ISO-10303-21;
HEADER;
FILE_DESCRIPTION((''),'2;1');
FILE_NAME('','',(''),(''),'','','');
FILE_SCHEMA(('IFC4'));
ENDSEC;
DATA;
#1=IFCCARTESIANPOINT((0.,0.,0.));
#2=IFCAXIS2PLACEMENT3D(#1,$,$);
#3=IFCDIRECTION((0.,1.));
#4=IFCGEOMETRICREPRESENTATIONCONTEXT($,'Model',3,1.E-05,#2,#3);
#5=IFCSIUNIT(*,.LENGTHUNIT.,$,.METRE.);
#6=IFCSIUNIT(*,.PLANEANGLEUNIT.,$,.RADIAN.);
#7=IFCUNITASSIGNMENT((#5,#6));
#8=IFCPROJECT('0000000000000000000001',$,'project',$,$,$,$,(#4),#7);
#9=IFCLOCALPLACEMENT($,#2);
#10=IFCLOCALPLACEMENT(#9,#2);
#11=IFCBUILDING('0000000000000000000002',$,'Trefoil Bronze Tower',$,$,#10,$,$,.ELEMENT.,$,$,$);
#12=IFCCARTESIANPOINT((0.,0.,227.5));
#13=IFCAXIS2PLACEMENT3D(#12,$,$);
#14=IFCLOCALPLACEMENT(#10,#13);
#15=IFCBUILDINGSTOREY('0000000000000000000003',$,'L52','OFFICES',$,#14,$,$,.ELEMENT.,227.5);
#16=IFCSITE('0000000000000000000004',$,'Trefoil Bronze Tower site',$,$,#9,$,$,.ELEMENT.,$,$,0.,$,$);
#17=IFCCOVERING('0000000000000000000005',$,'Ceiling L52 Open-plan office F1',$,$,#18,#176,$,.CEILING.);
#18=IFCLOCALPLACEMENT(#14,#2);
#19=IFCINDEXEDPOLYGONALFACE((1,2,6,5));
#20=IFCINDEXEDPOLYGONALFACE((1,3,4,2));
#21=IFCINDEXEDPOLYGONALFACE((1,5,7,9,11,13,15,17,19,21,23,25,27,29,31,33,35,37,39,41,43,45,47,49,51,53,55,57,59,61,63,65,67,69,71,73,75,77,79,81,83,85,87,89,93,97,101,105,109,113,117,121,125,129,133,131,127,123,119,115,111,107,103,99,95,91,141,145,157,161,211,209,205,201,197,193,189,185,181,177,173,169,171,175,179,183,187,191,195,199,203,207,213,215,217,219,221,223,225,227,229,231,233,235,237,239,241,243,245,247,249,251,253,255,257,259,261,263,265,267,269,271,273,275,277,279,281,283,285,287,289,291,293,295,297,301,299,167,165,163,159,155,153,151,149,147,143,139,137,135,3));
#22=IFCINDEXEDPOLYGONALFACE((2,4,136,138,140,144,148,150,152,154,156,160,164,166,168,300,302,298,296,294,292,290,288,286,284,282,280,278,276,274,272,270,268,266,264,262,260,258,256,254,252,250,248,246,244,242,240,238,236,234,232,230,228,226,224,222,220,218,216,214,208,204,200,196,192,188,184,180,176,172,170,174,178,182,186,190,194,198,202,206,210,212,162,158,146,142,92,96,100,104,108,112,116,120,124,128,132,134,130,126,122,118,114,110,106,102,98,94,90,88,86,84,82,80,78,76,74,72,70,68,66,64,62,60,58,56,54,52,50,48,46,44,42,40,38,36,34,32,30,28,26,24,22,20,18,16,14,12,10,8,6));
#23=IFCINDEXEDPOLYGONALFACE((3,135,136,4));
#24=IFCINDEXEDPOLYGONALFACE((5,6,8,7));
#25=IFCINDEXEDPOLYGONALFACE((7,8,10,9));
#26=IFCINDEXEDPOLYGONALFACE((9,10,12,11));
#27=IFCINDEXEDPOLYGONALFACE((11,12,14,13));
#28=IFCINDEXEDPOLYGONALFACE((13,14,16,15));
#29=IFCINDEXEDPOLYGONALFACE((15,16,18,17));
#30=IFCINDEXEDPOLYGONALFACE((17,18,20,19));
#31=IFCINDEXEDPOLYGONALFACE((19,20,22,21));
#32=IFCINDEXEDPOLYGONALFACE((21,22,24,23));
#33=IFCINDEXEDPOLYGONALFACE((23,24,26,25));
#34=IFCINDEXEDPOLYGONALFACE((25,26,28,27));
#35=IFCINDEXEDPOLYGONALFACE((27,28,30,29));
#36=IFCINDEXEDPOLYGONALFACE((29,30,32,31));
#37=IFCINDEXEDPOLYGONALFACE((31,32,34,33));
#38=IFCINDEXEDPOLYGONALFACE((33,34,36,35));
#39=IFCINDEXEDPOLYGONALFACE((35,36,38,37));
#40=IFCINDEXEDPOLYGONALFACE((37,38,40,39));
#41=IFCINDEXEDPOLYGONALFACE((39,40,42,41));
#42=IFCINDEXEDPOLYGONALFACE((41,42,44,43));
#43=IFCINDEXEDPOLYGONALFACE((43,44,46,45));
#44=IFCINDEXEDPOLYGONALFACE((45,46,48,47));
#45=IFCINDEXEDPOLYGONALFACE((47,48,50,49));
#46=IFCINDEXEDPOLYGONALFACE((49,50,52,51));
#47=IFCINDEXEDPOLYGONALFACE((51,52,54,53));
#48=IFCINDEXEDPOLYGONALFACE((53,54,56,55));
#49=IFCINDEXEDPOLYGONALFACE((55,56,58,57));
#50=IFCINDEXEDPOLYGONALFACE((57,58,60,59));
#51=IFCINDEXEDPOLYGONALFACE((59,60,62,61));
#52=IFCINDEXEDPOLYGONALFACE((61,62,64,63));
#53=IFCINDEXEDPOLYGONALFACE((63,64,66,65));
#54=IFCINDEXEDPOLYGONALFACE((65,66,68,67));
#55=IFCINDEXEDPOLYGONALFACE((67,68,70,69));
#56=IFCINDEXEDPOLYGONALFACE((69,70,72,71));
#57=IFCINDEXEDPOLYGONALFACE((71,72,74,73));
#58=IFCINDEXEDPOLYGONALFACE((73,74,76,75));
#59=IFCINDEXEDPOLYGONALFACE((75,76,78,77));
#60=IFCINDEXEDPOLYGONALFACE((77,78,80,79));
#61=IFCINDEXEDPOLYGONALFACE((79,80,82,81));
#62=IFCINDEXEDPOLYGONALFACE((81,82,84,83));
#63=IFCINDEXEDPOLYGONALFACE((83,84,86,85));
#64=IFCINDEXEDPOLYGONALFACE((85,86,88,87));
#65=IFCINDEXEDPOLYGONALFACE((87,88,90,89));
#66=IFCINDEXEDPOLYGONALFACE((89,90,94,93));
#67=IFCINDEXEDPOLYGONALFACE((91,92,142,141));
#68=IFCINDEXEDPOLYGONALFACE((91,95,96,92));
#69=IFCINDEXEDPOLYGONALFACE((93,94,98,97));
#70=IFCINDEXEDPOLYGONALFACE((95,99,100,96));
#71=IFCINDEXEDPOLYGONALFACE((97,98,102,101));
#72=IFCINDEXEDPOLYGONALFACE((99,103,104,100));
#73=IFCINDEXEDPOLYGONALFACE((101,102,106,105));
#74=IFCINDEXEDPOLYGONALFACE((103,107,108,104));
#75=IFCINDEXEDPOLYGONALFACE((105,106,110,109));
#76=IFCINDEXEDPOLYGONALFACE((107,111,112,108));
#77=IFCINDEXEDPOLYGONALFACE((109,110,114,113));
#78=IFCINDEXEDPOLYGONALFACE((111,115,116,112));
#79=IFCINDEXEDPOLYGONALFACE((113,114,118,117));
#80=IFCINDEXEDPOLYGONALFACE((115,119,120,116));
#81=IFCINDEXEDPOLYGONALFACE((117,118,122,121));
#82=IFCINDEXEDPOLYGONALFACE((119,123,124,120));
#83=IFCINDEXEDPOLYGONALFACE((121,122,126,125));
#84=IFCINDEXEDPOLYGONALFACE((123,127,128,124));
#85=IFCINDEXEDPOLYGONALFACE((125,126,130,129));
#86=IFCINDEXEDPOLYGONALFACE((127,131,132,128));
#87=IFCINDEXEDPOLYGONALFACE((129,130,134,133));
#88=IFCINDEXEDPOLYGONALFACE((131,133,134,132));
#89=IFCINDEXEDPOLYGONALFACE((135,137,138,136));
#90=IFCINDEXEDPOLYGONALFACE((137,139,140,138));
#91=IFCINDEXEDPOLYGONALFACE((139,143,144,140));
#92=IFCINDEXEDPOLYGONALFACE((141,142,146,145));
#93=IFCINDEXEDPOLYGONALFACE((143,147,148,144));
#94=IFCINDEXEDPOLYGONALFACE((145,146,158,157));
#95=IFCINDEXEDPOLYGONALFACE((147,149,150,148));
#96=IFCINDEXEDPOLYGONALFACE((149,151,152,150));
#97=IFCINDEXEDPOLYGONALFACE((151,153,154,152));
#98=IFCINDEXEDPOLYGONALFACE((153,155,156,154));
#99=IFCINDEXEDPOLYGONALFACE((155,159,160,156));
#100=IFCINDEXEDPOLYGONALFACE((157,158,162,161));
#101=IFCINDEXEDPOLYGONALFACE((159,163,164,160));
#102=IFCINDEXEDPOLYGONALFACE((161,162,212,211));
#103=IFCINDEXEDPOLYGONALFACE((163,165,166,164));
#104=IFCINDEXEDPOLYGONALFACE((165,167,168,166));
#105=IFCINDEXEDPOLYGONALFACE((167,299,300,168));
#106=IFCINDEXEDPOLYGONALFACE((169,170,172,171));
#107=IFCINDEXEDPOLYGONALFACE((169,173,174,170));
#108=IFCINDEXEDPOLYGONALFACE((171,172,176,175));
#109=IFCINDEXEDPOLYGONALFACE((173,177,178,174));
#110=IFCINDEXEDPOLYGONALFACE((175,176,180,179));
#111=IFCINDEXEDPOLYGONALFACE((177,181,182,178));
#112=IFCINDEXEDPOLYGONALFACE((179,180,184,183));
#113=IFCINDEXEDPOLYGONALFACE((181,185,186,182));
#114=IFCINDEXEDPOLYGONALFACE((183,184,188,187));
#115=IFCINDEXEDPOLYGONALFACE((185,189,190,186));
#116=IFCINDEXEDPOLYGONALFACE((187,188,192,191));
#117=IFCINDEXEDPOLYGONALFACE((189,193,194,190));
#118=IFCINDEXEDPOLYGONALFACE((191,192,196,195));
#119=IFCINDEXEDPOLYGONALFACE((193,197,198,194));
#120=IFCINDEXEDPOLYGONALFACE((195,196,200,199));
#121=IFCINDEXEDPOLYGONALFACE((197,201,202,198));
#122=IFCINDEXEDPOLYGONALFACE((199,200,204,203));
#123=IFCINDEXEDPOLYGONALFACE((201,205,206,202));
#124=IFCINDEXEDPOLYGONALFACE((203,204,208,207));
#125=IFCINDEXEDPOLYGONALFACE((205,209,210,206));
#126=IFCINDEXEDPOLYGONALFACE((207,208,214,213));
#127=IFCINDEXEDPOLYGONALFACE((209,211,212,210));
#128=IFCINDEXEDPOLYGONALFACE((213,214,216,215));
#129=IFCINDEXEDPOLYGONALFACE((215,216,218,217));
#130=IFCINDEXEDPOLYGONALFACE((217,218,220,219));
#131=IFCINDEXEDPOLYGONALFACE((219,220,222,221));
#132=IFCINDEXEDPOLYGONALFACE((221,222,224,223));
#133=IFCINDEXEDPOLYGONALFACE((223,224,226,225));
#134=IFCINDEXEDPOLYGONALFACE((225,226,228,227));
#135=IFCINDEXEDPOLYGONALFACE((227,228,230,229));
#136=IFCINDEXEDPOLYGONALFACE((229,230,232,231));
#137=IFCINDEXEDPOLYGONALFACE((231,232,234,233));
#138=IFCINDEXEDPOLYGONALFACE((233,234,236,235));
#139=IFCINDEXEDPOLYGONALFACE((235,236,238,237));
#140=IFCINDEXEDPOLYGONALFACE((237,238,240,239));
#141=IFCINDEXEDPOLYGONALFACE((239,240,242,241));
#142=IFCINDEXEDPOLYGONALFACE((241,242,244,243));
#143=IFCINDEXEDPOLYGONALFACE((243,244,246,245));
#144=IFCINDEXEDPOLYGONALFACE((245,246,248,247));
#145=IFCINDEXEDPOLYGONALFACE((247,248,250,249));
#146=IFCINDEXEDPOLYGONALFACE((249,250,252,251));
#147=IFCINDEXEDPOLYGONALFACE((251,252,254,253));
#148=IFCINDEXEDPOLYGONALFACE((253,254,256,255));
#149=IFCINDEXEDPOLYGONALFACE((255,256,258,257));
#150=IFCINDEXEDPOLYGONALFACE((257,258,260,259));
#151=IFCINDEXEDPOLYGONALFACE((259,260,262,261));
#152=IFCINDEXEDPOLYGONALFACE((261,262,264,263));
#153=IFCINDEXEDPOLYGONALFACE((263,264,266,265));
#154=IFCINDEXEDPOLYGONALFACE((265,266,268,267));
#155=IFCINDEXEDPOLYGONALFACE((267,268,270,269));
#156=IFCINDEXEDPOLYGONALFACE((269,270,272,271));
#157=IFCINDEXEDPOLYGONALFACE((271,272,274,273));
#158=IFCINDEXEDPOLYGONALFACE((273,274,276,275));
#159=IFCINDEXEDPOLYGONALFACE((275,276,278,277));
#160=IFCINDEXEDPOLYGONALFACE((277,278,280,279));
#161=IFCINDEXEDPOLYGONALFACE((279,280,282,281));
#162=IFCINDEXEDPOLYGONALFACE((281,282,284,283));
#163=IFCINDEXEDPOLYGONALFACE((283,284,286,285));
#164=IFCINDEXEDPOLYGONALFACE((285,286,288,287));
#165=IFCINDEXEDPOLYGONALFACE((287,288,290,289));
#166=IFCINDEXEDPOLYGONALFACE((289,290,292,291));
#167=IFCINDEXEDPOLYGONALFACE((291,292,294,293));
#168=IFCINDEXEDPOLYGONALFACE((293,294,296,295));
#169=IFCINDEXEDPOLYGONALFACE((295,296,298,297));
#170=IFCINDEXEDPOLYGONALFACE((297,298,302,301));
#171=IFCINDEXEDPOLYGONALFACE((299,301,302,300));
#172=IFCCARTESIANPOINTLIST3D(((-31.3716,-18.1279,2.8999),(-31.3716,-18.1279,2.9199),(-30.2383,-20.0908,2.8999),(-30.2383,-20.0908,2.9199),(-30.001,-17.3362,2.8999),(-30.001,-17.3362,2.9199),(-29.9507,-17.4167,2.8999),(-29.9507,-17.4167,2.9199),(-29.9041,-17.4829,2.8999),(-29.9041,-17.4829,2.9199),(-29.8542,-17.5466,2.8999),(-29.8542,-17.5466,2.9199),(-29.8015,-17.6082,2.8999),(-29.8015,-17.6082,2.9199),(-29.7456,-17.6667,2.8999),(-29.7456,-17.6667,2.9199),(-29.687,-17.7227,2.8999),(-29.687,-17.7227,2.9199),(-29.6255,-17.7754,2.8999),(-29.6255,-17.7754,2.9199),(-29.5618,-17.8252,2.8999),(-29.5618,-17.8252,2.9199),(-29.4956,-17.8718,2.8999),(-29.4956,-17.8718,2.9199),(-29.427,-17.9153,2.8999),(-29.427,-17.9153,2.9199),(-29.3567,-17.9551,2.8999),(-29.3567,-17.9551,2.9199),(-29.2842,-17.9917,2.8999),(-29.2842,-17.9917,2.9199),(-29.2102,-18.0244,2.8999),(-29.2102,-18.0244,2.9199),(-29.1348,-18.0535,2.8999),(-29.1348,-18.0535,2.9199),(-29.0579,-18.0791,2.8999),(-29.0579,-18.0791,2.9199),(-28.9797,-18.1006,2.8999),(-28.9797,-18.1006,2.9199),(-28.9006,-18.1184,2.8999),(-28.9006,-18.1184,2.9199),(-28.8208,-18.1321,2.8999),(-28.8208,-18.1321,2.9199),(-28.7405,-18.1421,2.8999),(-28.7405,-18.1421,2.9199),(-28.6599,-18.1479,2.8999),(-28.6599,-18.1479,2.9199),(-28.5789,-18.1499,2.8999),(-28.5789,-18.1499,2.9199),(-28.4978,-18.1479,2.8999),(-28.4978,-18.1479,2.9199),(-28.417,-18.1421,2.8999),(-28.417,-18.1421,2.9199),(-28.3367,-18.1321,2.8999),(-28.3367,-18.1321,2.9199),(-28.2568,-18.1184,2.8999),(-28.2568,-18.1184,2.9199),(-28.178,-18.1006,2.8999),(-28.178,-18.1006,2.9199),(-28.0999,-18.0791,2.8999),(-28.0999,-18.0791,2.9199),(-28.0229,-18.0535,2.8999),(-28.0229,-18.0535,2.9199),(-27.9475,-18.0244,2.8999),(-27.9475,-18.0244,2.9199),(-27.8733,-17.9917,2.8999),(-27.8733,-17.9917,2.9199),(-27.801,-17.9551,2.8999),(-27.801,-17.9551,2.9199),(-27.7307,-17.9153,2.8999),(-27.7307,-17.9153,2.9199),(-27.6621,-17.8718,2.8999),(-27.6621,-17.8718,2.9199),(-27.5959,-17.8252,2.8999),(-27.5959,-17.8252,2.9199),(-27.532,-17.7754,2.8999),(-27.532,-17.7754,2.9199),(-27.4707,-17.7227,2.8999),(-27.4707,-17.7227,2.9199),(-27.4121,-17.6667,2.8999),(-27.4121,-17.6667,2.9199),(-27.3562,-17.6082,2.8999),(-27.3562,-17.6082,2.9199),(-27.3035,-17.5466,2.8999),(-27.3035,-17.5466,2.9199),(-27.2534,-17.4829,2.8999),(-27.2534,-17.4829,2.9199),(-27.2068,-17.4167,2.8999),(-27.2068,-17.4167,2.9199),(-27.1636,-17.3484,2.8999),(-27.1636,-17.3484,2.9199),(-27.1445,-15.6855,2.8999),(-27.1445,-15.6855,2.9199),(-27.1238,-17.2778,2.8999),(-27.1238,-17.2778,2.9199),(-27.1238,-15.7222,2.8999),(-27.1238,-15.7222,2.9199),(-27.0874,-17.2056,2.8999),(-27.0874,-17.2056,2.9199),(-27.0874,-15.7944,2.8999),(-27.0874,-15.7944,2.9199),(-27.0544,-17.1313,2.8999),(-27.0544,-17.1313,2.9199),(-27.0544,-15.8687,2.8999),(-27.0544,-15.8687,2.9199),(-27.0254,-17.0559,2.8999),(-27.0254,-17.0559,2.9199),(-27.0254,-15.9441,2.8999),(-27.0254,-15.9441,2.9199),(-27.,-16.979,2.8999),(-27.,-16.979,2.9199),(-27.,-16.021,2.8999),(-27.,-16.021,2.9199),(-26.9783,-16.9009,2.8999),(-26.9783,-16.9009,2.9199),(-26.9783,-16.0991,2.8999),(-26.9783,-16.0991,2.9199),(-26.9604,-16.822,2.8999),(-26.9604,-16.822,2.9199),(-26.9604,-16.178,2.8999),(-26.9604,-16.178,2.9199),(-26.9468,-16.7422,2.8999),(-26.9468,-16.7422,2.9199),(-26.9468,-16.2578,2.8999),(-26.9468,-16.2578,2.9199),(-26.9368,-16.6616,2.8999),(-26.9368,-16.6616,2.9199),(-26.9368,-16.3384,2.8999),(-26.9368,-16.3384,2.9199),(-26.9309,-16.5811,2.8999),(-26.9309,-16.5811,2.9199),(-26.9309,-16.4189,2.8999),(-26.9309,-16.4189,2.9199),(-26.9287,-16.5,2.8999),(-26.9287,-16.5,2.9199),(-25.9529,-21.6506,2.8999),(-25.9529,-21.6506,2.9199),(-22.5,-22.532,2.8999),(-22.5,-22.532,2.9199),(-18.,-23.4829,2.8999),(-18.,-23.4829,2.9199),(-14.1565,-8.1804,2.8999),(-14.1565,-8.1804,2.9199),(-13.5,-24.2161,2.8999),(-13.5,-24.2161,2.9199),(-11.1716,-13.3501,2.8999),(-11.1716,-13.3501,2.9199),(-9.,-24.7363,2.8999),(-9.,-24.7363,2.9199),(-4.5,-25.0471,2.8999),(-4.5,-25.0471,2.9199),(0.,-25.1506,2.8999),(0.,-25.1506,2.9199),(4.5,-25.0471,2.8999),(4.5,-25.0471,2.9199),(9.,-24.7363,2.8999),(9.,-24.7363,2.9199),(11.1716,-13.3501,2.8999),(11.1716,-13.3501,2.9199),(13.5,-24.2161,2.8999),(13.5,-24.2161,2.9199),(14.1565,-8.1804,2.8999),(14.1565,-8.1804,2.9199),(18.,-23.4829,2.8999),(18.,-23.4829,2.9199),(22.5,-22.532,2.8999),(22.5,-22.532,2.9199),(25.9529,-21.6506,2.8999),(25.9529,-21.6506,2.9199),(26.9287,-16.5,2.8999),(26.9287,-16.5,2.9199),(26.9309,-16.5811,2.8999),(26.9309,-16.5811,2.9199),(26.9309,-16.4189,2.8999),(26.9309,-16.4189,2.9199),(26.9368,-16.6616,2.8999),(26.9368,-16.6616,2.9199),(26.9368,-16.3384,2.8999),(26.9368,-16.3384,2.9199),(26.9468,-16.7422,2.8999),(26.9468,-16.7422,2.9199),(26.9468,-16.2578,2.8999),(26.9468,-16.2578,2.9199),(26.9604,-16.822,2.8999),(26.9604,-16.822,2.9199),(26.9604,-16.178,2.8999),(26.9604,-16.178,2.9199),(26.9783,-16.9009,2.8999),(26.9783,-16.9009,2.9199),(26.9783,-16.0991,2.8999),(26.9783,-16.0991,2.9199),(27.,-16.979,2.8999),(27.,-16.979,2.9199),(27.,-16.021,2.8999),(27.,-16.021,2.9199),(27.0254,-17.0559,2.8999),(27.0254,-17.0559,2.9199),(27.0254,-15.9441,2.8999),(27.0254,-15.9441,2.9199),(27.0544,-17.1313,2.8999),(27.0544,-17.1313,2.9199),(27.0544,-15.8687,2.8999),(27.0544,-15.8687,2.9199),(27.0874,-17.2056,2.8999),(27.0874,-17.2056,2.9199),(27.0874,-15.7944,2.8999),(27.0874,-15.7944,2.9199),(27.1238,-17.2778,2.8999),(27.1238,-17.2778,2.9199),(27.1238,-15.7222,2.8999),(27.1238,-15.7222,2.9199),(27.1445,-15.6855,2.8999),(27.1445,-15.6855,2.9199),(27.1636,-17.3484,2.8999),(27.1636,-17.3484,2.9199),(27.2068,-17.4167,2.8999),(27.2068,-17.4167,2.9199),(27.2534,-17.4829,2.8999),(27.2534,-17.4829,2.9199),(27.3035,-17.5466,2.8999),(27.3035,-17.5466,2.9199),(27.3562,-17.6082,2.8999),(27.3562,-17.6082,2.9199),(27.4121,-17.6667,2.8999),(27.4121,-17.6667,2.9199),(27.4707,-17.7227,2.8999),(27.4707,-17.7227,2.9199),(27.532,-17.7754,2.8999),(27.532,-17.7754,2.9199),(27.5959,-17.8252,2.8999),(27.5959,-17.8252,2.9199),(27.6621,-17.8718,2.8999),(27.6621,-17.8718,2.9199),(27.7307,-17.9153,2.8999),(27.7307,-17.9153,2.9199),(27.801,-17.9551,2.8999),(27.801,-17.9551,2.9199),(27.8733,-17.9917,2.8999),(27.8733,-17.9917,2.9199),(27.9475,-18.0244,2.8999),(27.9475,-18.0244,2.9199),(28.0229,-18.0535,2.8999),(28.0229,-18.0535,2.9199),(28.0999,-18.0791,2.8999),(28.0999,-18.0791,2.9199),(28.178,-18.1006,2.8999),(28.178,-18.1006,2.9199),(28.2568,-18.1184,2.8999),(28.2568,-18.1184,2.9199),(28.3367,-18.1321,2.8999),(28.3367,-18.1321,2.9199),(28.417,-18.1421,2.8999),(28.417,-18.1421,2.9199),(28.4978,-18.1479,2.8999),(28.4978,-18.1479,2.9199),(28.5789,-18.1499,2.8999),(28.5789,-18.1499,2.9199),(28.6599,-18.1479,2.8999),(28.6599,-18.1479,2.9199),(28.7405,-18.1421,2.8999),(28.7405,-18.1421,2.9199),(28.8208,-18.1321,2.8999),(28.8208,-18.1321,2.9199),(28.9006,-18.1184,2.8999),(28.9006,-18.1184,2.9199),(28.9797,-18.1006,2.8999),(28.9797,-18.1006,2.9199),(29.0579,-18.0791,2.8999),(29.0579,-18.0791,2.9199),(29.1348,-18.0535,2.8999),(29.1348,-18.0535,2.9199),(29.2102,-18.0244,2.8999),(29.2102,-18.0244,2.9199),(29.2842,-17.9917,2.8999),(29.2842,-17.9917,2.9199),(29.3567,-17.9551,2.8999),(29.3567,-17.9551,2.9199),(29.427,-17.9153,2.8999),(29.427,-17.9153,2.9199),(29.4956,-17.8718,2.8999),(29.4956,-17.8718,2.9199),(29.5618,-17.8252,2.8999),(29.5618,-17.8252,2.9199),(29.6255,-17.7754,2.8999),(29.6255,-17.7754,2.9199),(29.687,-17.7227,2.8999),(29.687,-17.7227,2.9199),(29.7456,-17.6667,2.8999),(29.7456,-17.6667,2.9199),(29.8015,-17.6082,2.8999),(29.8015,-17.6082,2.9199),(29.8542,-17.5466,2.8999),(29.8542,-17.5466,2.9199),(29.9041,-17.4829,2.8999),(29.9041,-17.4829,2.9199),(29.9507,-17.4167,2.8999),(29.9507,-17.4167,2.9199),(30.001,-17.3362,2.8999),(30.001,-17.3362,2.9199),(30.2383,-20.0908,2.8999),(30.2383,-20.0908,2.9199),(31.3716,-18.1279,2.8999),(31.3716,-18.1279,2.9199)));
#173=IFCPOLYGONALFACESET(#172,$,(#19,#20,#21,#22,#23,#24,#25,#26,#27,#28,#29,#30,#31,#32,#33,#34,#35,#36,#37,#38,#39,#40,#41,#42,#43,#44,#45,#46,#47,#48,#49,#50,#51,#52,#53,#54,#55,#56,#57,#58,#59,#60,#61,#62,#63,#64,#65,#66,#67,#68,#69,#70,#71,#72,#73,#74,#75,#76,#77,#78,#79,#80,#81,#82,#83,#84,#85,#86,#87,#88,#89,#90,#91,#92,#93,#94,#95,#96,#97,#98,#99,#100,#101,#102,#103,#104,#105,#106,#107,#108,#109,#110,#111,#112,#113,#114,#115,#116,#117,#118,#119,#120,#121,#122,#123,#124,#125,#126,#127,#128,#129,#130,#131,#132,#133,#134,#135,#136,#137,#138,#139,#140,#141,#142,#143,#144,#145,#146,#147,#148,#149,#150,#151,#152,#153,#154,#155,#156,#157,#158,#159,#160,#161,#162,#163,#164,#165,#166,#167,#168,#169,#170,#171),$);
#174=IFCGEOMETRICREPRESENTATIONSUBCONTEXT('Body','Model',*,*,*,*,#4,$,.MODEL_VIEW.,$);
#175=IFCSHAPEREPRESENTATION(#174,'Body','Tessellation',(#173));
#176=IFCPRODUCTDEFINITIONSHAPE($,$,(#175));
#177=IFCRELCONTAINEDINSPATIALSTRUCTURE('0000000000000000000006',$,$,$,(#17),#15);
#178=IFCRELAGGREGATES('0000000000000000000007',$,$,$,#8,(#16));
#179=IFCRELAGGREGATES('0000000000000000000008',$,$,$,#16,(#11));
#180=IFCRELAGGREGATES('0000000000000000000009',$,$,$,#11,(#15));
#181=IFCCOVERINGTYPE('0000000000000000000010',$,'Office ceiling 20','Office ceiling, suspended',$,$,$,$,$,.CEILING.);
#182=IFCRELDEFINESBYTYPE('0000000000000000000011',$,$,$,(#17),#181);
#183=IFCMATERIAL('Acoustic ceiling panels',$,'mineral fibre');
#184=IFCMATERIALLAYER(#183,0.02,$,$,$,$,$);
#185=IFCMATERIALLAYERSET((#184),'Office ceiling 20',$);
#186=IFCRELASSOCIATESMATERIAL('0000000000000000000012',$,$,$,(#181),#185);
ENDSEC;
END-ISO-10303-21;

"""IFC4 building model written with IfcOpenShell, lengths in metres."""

from ifc_helpers import new_model, si_unit, direction, frame, origin, place, context, subcontext, project, spatial, polyline, outline, extrude, material, layer, layer_set, type_object, element, save


model = new_model("IFC4")

# Units and contexts
model_context = context("Model", 3, precision=1e-05, world=origin(), true_north=direction((0.0, 1.0)))
body_context = subcontext(model_context, "Body", "Model", "MODEL_VIEW")
ifc_project = project(units=[si_unit("LENGTHUNIT", "METRE"), si_unit("PLANEANGLEUNIT", "RADIAN")], contexts=[model_context])

# Site, building, storey
site_placement = place(None, origin())
site = spatial("IfcSite", under=ifc_project, at=site_placement, Name="Trefoil Bronze Tower site", CompositionType="ELEMENT", RefElevation=0.0)
building_placement = place(site_placement, origin())
building = spatial("IfcBuilding", under=site, at=building_placement, Name="Trefoil Bronze Tower", CompositionType="ELEMENT")
storey_placement = place(building_placement, frame((0.0, 0.0, 227.5)))
storey = spatial("IfcBuildingStorey", under=building, at=storey_placement, Name="L52", Description="OFFICES", CompositionType="ELEMENT", Elevation=227.5)

# Covering
ifc_material_1 = material(Name="Acoustic ceiling panels", Category="mineral fibre")
ifc_layer_1 = layer(ifc_material_1, 0.02)
ifc_layer_set_1 = layer_set([ifc_layer_1], Name="Office ceiling 20")
covering_type_1 = type_object("IfcCoveringType", Name="Office ceiling 20", Description="Office ceiling, suspended", PredefinedType="CEILING", material=ifc_layer_set_1)
covering_1_placement = place(storey_placement, frame((0.0, 0.0, 2.8999)))
element("IfcCovering", 1, at=covering_1_placement, inside=storey, type_object=covering_type_1, Name="Ceiling L52 Open-plan office F1", PredefinedType="CEILING", context=body_context, shape_type="SweptSolid", body=[
    extrude(outline(polyline([(-29.9507, -17.4167), (-29.9041, -17.4829), (-29.8542, -17.5466), (-29.8015, -17.6082), (-29.7456, -17.6667), (-29.687, -17.7227), (-29.6255, -17.7754), (-29.5618, -17.8252), (-29.4956, -17.8718), (-29.427, -17.9153), (-29.3567, -17.9551), (-29.2842, -17.9917), (-29.2102, -18.0244), (-29.1348, -18.0535), (-29.0579, -18.0791), (-28.9797, -18.1006), (-28.9006, -18.1184), (-28.8208, -18.1321), (-28.7405, -18.1421), (-28.6599, -18.1479), (-28.5789, -18.1499), (-28.4978, -18.1479), (-28.417, -18.1421), (-28.3367, -18.1321), (-28.2568, -18.1184), (-28.178, -18.1006), (-28.0999, -18.0791), (-28.0229, -18.0535), (-27.9475, -18.0244), (-27.8733, -17.9917), (-27.801, -17.9551), (-27.7307, -17.9153), (-27.6621, -17.8718), (-27.5959, -17.8252), (-27.532, -17.7754), (-27.4707, -17.7227), (-27.4121, -17.6667), (-27.3562, -17.6082), (-27.3035, -17.5466), (-27.2534, -17.4829), (-27.2068, -17.4167), (-27.1636, -17.3484), (-27.1238, -17.2778), (-27.0874, -17.2056), (-27.0544, -17.1313), (-27.0254, -17.0559), (-27.0, -16.979), (-26.9783, -16.9009), (-26.9604, -16.822), (-26.9468, -16.7422), (-26.9368, -16.6616), (-26.9309, -16.5811), (-26.9287, -16.5), (-26.9309, -16.4189), (-26.9368, -16.3384), (-26.9468, -16.2578), (-26.9604, -16.178), (-26.9783, -16.0991), (-27.0, -16.021), (-27.0254, -15.9441), (-27.0544, -15.8687), (-27.0874, -15.7944), (-27.1238, -15.7222), (-27.1445, -15.6855), (-14.1565, -8.1804), (-11.1716, -13.3501), (11.1716, -13.3501), (14.1565, -8.1804), (27.1445, -15.6855), (27.1238, -15.7222), (27.0874, -15.7944), (27.0544, -15.8687), (27.0254, -15.9441), (27.0, -16.021), (26.9783, -16.0991), (26.9604, -16.178), (26.9468, -16.2578), (26.9368, -16.3384), (26.9309, -16.4189), (26.9287, -16.5), (26.9309, -16.5811), (26.9368, -16.6616), (26.9468, -16.7422), (26.9604, -16.822), (26.9783, -16.9009), (27.0, -16.979), (27.0254, -17.0559), (27.0544, -17.1313), (27.0874, -17.2056), (27.1238, -17.2778), (27.1636, -17.3484), (27.2068, -17.4167), (27.2534, -17.4829), (27.3035, -17.5466), (27.3562, -17.6082), (27.4121, -17.6667), (27.4707, -17.7227), (27.532, -17.7754), (27.5959, -17.8252), (27.6621, -17.8718), (27.7307, -17.9153), (27.801, -17.9551), (27.8733, -17.9917), (27.9475, -18.0244), (28.0229, -18.0535), (28.0999, -18.0791), (28.178, -18.1006), (28.2568, -18.1184), (28.3367, -18.1321), (28.417, -18.1421), (28.4978, -18.1479), (28.5789, -18.1499), (28.6599, -18.1479), (28.7405, -18.1421), (28.8208, -18.1321), (28.9006, -18.1184), (28.9797, -18.1006), (29.0579, -18.0791), (29.1348, -18.0535), (29.2102, -18.0244), (29.2842, -17.9917), (29.3567, -17.9551), (29.427, -17.9153), (29.4956, -17.8718), (29.5618, -17.8252), (29.6255, -17.7754), (29.687, -17.7227), (29.7456, -17.6667), (29.8015, -17.6082), (29.8542, -17.5466), (29.9041, -17.4829), (29.9507, -17.4167), (30.001, -17.3362), (31.3716, -18.1279), (30.2383, -20.0908), (25.9529, -21.6506), (22.5, -22.532), (18.0, -23.4829), (13.5, -24.2161), (9.0, -24.7363), (4.5, -25.0471), (0.0, -25.1506), (-4.5, -25.0471), (-9.0, -24.7363), (-13.5, -24.2161), (-18.0, -23.4829), (-22.5, -22.532), (-25.9529, -21.6506), (-30.2383, -20.0908), (-31.3716, -18.1279), (-30.001, -17.3362), (-29.9507, -17.4167)])), origin(), (0.0, 0.0, 1.0), 0.02),
])

save(model, "model.ifc")
